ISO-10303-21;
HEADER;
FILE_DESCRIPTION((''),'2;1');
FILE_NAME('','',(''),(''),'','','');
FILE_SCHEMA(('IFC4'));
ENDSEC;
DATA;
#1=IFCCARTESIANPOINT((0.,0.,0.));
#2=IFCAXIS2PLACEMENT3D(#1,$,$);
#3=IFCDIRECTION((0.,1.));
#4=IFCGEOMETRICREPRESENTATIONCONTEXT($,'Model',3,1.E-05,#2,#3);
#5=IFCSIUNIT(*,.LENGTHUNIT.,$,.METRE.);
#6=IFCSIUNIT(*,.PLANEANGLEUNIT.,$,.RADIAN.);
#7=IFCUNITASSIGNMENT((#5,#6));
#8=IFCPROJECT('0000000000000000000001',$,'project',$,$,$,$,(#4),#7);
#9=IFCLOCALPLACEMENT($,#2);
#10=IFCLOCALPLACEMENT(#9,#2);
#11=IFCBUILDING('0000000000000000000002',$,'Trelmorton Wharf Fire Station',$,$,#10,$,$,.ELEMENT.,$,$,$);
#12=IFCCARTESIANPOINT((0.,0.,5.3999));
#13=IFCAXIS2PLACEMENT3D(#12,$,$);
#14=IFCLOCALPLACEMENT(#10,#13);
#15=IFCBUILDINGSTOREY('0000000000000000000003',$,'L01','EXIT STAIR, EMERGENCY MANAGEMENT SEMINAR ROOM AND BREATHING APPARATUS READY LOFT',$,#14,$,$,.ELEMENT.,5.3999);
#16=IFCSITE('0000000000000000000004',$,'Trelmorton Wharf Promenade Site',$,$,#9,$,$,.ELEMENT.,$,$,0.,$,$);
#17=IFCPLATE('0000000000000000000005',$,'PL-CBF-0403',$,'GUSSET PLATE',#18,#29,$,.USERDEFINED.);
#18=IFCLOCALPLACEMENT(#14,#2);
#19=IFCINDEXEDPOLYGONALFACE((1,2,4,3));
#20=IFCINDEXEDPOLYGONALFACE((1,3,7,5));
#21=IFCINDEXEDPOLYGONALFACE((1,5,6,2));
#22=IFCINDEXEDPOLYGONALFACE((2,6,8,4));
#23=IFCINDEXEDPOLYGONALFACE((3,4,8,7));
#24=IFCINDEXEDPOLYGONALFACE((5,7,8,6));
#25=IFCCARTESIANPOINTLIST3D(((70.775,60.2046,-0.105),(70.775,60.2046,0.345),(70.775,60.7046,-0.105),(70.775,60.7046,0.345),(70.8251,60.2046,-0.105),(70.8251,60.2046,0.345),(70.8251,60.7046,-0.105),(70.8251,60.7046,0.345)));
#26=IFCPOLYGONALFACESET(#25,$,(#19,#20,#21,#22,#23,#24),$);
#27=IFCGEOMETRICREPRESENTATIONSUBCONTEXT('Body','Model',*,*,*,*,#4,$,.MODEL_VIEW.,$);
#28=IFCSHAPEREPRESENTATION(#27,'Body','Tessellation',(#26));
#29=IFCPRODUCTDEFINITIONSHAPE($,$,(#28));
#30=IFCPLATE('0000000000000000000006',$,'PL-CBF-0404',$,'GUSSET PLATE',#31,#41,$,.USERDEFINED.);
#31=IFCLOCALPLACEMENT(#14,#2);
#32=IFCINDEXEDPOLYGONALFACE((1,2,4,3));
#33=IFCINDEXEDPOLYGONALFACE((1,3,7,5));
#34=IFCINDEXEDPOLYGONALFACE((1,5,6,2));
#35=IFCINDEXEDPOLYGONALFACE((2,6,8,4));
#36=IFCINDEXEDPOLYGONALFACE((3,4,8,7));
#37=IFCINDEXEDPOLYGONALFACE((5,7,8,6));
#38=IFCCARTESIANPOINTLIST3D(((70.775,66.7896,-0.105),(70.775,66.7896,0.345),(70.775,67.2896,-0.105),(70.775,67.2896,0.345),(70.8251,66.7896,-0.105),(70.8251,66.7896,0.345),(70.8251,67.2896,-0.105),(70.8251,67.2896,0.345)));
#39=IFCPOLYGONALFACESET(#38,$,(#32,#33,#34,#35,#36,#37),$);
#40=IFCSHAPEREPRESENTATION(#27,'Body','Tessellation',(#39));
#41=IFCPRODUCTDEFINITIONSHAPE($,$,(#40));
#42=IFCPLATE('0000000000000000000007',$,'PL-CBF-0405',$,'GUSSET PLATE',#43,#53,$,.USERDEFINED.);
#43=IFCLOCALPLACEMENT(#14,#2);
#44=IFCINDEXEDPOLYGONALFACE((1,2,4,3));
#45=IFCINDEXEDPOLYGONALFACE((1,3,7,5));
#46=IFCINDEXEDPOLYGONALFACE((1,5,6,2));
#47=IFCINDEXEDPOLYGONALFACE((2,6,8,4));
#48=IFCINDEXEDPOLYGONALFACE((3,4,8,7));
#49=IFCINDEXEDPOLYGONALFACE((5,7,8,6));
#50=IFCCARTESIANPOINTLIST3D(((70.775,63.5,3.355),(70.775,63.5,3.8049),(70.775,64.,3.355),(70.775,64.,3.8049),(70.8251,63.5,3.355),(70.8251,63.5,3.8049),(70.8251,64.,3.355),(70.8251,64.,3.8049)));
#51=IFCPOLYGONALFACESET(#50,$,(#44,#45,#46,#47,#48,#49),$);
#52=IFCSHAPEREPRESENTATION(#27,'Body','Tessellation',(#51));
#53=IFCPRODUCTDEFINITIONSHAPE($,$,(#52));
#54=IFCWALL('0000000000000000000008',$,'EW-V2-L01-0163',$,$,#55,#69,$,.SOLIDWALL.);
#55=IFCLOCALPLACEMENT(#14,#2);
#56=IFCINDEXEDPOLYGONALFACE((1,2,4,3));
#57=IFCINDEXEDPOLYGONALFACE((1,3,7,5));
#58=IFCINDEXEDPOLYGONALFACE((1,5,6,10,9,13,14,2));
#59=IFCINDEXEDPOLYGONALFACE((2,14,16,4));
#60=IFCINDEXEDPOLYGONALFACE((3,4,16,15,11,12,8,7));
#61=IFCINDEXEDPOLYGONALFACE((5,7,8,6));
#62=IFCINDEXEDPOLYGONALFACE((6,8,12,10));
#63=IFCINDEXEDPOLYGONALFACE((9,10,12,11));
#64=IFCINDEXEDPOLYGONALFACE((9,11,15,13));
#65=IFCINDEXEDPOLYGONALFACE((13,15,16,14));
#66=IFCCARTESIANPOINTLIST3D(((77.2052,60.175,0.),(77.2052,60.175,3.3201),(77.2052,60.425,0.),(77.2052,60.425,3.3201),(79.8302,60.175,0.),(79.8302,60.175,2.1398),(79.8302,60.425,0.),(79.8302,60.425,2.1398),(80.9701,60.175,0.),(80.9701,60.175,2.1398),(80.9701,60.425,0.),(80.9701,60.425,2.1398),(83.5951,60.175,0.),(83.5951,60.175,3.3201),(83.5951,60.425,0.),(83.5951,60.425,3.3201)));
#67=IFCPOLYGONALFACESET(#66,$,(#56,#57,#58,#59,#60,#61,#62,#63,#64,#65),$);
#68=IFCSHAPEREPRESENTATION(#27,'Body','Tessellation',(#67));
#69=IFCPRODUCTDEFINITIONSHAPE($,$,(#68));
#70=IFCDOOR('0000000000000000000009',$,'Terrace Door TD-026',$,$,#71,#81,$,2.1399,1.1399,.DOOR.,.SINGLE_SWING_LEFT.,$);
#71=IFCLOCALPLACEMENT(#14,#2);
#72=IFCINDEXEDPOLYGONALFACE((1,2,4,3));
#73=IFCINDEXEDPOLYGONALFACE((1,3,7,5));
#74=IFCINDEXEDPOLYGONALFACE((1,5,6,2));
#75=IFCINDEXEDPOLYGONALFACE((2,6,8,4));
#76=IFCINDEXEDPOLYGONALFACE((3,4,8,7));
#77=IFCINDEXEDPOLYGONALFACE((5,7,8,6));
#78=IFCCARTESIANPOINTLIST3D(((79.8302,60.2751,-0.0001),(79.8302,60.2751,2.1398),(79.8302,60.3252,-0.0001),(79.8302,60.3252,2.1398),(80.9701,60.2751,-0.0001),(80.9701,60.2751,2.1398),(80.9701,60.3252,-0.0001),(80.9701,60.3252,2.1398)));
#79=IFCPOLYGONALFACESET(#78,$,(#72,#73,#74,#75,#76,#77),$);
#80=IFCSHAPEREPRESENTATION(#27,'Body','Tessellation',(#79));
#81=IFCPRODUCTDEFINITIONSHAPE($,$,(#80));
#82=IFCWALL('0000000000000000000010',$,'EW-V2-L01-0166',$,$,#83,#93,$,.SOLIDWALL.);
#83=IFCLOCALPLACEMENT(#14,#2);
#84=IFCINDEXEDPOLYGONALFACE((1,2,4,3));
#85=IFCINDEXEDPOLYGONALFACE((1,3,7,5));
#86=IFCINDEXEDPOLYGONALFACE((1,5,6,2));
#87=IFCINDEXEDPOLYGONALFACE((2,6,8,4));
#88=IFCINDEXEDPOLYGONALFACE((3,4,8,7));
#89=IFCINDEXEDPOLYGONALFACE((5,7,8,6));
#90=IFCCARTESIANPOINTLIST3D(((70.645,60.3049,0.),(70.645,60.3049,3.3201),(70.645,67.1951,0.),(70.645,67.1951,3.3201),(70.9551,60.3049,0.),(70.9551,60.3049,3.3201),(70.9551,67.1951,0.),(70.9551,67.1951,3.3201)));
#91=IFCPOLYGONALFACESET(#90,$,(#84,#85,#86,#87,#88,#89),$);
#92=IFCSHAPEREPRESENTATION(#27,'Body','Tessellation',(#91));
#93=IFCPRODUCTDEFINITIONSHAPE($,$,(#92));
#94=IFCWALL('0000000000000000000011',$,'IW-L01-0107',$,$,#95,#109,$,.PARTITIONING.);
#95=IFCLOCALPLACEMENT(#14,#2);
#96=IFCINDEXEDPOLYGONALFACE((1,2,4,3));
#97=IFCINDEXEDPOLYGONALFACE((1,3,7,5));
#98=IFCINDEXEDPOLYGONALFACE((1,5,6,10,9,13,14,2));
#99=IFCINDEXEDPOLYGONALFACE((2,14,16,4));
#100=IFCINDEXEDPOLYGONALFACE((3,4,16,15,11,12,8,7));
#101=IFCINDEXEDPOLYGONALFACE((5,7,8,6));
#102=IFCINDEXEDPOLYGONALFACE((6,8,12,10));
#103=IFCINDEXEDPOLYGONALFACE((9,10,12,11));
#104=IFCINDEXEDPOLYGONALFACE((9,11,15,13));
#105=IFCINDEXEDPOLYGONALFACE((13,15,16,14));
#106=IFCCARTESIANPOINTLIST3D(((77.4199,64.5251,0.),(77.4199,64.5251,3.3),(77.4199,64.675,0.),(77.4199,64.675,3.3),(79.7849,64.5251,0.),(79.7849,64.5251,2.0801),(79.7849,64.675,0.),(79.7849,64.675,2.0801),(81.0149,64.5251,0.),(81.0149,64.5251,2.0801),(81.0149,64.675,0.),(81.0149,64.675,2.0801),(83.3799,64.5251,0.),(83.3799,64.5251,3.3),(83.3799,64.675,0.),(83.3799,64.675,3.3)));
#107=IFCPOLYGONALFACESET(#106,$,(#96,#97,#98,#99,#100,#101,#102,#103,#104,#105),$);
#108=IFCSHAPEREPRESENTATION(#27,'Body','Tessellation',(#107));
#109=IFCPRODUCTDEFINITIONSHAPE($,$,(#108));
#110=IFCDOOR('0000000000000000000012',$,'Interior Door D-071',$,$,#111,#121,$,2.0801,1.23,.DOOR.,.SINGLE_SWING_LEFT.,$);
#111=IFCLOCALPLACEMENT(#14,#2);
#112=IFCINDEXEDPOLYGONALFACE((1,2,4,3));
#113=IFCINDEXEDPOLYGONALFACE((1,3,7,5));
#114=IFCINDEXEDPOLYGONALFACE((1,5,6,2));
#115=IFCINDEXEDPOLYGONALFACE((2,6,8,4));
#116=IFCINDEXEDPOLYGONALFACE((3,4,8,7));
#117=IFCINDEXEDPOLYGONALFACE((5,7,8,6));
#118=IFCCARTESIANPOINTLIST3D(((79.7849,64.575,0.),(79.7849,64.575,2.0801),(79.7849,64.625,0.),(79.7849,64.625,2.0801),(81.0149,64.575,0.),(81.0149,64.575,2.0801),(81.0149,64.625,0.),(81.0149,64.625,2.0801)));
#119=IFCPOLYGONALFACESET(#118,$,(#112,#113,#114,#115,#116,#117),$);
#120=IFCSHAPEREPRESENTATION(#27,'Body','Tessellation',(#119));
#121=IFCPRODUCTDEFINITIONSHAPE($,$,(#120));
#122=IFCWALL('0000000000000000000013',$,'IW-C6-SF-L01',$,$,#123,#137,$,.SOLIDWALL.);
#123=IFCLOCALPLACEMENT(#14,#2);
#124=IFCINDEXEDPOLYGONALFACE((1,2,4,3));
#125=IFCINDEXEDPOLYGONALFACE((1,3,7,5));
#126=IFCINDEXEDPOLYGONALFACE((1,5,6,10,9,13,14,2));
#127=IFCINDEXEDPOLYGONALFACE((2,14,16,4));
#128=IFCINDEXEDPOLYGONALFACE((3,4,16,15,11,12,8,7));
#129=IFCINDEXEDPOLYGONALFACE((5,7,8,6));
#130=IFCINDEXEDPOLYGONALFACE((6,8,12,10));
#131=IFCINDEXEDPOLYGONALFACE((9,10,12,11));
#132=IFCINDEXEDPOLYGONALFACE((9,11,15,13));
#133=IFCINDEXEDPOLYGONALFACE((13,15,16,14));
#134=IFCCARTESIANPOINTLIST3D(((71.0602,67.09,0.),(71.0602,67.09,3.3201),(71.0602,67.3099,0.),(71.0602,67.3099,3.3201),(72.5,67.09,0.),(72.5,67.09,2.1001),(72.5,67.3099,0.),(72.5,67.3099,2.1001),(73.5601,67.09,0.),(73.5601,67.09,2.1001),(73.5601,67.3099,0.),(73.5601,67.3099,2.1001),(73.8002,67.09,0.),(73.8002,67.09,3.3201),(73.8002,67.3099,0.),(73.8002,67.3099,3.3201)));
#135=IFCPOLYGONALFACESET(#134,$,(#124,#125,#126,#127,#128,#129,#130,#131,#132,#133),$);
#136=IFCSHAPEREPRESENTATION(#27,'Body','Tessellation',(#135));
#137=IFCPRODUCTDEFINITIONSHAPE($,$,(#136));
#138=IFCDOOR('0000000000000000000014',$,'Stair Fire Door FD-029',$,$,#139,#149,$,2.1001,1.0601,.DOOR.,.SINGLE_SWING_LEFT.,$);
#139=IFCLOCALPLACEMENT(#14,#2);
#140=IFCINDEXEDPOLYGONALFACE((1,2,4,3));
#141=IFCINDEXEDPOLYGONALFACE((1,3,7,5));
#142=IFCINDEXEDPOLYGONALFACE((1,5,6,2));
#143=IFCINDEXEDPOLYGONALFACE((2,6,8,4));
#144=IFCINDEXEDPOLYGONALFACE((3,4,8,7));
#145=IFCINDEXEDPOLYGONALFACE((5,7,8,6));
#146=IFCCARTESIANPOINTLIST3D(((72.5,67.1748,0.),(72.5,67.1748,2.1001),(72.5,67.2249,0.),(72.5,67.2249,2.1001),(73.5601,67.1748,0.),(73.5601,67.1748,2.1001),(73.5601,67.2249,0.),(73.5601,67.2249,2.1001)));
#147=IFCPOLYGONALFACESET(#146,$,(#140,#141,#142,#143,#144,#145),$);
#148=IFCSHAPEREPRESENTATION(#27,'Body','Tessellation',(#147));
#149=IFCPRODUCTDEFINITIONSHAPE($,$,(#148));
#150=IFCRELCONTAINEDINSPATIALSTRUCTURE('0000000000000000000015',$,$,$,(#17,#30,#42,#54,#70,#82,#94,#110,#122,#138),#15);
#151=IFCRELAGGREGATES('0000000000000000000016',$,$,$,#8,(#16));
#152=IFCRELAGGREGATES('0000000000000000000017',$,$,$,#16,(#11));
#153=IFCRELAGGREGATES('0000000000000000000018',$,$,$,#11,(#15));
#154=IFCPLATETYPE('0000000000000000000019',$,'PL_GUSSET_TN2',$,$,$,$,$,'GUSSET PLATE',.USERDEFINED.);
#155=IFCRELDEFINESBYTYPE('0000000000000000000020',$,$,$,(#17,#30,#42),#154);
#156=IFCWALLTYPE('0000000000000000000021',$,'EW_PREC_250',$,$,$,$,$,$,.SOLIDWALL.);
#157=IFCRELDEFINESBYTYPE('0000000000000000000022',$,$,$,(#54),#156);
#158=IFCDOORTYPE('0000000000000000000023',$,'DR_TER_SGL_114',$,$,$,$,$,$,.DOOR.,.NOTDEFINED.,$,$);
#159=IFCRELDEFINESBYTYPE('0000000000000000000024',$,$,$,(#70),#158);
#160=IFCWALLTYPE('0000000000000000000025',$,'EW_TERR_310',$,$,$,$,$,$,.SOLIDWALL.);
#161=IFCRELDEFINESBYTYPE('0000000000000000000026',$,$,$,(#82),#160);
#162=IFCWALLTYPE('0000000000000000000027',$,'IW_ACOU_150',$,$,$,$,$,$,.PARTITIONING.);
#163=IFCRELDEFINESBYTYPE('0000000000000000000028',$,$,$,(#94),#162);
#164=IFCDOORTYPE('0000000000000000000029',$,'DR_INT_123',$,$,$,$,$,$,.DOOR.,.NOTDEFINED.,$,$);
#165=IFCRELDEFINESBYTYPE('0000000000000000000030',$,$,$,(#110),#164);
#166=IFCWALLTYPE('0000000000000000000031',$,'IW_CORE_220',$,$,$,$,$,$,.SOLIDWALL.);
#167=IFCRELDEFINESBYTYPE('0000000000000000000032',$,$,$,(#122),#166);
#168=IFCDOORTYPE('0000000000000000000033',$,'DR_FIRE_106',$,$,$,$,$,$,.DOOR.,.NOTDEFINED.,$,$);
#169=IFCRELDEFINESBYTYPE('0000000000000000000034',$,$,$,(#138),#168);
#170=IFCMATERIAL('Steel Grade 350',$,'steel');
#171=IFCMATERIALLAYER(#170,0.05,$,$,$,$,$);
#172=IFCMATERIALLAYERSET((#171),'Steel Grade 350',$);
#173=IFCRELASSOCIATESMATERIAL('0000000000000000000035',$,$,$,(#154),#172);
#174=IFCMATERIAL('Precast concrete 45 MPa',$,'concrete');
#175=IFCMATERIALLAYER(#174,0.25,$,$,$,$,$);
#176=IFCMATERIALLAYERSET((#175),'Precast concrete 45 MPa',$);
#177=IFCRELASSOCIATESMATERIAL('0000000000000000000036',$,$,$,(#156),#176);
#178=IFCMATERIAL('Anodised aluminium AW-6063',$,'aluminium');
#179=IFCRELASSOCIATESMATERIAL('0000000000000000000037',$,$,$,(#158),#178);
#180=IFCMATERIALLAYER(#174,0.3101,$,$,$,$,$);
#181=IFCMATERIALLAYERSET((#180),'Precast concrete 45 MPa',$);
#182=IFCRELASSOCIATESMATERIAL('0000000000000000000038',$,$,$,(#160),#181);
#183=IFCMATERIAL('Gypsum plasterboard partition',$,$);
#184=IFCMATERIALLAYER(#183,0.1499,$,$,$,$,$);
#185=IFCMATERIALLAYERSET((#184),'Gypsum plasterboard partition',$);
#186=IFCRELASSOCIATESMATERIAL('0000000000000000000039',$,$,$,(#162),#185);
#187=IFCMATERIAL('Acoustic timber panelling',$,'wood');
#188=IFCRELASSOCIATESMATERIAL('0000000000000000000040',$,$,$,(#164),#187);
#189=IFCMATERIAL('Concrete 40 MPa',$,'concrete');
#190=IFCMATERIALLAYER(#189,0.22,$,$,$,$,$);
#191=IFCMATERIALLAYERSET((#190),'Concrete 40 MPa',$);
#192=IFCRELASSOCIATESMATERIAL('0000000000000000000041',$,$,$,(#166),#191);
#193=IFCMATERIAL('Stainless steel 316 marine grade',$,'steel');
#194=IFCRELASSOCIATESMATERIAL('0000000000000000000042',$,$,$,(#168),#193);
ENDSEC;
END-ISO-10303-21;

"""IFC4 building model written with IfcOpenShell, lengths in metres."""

from ifc_helpers import new_model, si_unit, direction, frame, frame_2d, origin, origin_2d, place, context, subcontext, project, spatial, rectangle, extrude, material, layer, layer_set, type_object, element, fill, save


model = new_model("IFC4")

# Units and contexts
model_context = context("Model", 3, precision=1e-05, world=origin(), true_north=direction((0.0, 1.0)))
body_context = subcontext(model_context, "Body", "Model", "MODEL_VIEW")
ifc_project = project(units=[si_unit("LENGTHUNIT", "METRE"), si_unit("PLANEANGLEUNIT", "RADIAN")], contexts=[model_context])

# Site, building, storey
site_placement = place(None, origin())
site = spatial("IfcSite", under=ifc_project, at=site_placement, Name="Trelmorton Wharf Promenade Site", CompositionType="ELEMENT", RefElevation=0.0)
building_placement = place(site_placement, origin())
building = spatial("IfcBuilding", under=site, at=building_placement, Name="Trelmorton Wharf Fire Station", CompositionType="ELEMENT")
storey_placement = place(building_placement, frame((0.0, 0.0, 5.3999)))
storey = spatial("IfcBuildingStorey", under=building, at=storey_placement, Name="L01", Description="EXIT STAIR, EMERGENCY MANAGEMENT SEMINAR ROOM AND BREATHING APPARATUS READY LOFT", CompositionType="ELEMENT", Elevation=5.3999)

# Shared definitions
ifc_material_1 = material(Name="Steel Grade 350", Category="steel")

# Shared definitions
ifc_material_2 = material(Name="Anodised aluminium AW-6063", Category="aluminium")

# Plates
ifc_layer_1 = layer(ifc_material_1, 0.05)
ifc_layer_set_1 = layer_set([ifc_layer_1], Name="Steel Grade 350")
plate_type = type_object("IfcPlateType", Name="PL_GUSSET_TN2", ElementType="GUSSET PLATE", PredefinedType="USERDEFINED", material=ifc_layer_set_1)
for number, where, z_axis, x_axis, name in (
    (1, (70.8, 60.4546, -0.105), (0.0, 0.0, 1.0), (1.0, 0.0, 0.0), "PL-CBF-0403"),
    (2, (70.8, 67.0396, -0.105), (0.0, 0.0, 1.0), (1.0, 0.0, 0.0), "PL-CBF-0404"),
    (3, (70.8, 63.75, 3.355), (0.0, 0.0, 1.0), (1.0, 0.0, 0.0), "PL-CBF-0405"),
):
    element("IfcPlate", number, at=place(storey_placement, frame(where, z_axis=z_axis, x_axis=x_axis)), inside=storey, type_object=plate_type, Name=name, ObjectType="GUSSET PLATE", PredefinedType="USERDEFINED", context=body_context, shape_type="SweptSolid", body=[
        extrude(rectangle(XDim=0.05, YDim=0.5, at=origin_2d()), origin(), (0.0, 0.0, 1.0), 0.45),
    ])

# Wall, opening, door
ifc_material_3 = material(Name="Precast concrete 45 MPa", Category="concrete")
ifc_layer_2 = layer(ifc_material_3, 0.25)
ifc_layer_set_2 = layer_set([ifc_layer_2], Name="Precast concrete 45 MPa")
wall_type_1 = type_object("IfcWallType", Name="EW_PREC_250", PredefinedType="SOLIDWALL", material=ifc_layer_set_2)
wall_1_placement = place(storey_placement, frame((83.595, 60.3, 0.0), z_axis=(0.0, 0.0, 1.0), x_axis=(-1.0, 0.0, 0.0)))
wall_1 = element("IfcWall", 4, at=wall_1_placement, inside=storey, type_object=wall_type_1, Name="EW-V2-L01-0163", PredefinedType="SOLIDWALL", context=body_context, shape_type="SweptSolid", body=[
    extrude(rectangle(XDim=6.3899, YDim=0.25, at=frame_2d((3.1948, 0.0))), origin(), (0.0, 0.0, 1.0), 3.3201),
])
opening_1_placement = place(wall_1_placement, frame((2.625, 0.0, 0.0)))
opening_1 = element("IfcOpeningElement", 5, at=opening_1_placement, cuts=wall_1, PredefinedType="OPENING", context=body_context, shape_type="SweptSolid", body=[
    extrude(rectangle(XDim=1.1399, YDim=2.1399, at=frame_2d((0.5698, 1.0698))), frame((0.0, 0.135, 0.0), z_axis=(0.0, -1.0, 0.0), x_axis=(1.0, 0.0, 0.0)), (0.0, 0.0, 1.0), 0.27),
])
door_type_1 = type_object("IfcDoorType", Name="DR_TER_SGL_114", OperationType="NOTDEFINED", PredefinedType="DOOR", material=ifc_material_2)
door_1_placement = place(opening_1_placement, origin())
door_1 = element("IfcDoor", 6, at=door_1_placement, inside=storey, type_object=door_type_1, Name="Terrace Door TD-026", OperationType="SINGLE_SWING_LEFT", OverallHeight=2.1399, OverallWidth=1.1399, PredefinedType="DOOR", context=body_context, shape_type="SweptSolid", body=[
    extrude(rectangle(XDim=1.1399, YDim=2.1399, at=frame_2d((0.5698, 1.0698))), frame((0.0, 0.0249, 0.0), z_axis=(0.0, -1.0, 0.0), x_axis=(1.0, 0.0, 0.0)), (0.0, 0.0, 1.0), 0.05),
])
fill(opening_1, door_1)

# Wall
ifc_layer_3 = layer(ifc_material_3, 0.3101)
ifc_layer_set_3 = layer_set([ifc_layer_3], Name="Precast concrete 45 MPa")
wall_type_2 = type_object("IfcWallType", Name="EW_TERR_310", PredefinedType="SOLIDWALL", material=ifc_layer_set_3)
wall_2_placement = place(storey_placement, frame((70.8, 60.3049, 0.0), z_axis=(0.0, 0.0, 1.0), x_axis=(0.0, 1.0, 0.0)))
element("IfcWall", 7, at=wall_2_placement, inside=storey, type_object=wall_type_2, Name="EW-V2-L01-0166", PredefinedType="SOLIDWALL", context=body_context, shape_type="SweptSolid", body=[
    extrude(rectangle(XDim=6.8901, YDim=0.3101, at=frame_2d((3.4451, 0.0))), origin(), (0.0, 0.0, 1.0), 3.3201),
])

# Walls, openings, doors
ifc_material_4 = material(Name="Gypsum plasterboard partition")
ifc_layer_4 = layer(ifc_material_4, 0.1499)
ifc_layer_set_4 = layer_set([ifc_layer_4], Name="Gypsum plasterboard partition")
wall_type_3 = type_object("IfcWallType", Name="IW_ACOU_150", PredefinedType="PARTITIONING", material=ifc_layer_set_4)
wall_3_placement = place(storey_placement, frame((77.4199, 64.6001, 0.0), z_axis=(0.0, 0.0, 1.0), x_axis=(1.0, 0.0, 0.0)))
wall_3 = element("IfcWall", 8, at=wall_3_placement, inside=storey, type_object=wall_type_3, Name="IW-L01-0107", PredefinedType="PARTITIONING", context=body_context, shape_type="SweptSolid", body=[
    extrude(rectangle(XDim=5.96, YDim=0.1499, at=frame_2d((2.98, 0.0))), origin(), (0.0, 0.0, 1.0), 3.3),
])
opening_2_placement = place(wall_3_placement, frame((2.365, 0.0, 0.0)))
opening_2 = element("IfcOpeningElement", 9, at=opening_2_placement, cuts=wall_3, PredefinedType="OPENING", context=body_context, shape_type="SweptSolid", body=[
    extrude(rectangle(XDim=1.23, YDim=2.0801, at=frame_2d((0.615, 1.04))), frame((0.0, 0.085, 0.0), z_axis=(0.0, -1.0, 0.0), x_axis=(1.0, 0.0, 0.0)), (0.0, 0.0, 1.0), 0.1699),
])
ifc_material_5 = material(Name="Acoustic timber panelling", Category="wood")
door_type_2 = type_object("IfcDoorType", Name="DR_INT_123", OperationType="NOTDEFINED", PredefinedType="DOOR", material=ifc_material_5)
door_2_placement = place(opening_2_placement, origin())
door_2 = element("IfcDoor", 10, at=door_2_placement, inside=storey, type_object=door_type_2, Name="Interior Door D-071", OperationType="SINGLE_SWING_LEFT", OverallHeight=2.0801, OverallWidth=1.23, PredefinedType="DOOR", context=body_context, shape_type="SweptSolid", body=[
    extrude(rectangle(XDim=1.23, YDim=2.0801, at=frame_2d((0.615, 1.04))), frame((0.0, 0.0249, 0.0), z_axis=(0.0, -1.0, 0.0), x_axis=(1.0, 0.0, 0.0)), (0.0, 0.0, 1.0), 0.05),
])
fill(opening_2, door_2)
ifc_material_6 = material(Name="Concrete 40 MPa", Category="concrete")
ifc_layer_5 = layer(ifc_material_6, 0.22)
ifc_layer_set_5 = layer_set([ifc_layer_5], Name="Concrete 40 MPa")
wall_type_4 = type_object("IfcWallType", Name="IW_CORE_220", PredefinedType="SOLIDWALL", material=ifc_layer_set_5)
wall_4_placement = place(storey_placement, frame((71.0601, 67.2, 0.0), z_axis=(0.0, 0.0, 1.0), x_axis=(1.0, 0.0, 0.0)))
wall_4 = element("IfcWall", 11, at=wall_4_placement, inside=storey, type_object=wall_type_4, Name="IW-C6-SF-L01", PredefinedType="SOLIDWALL", context=body_context, shape_type="SweptSolid", body=[
    extrude(rectangle(XDim=2.74, YDim=0.22, at=frame_2d((1.3701, 0.0))), origin(), (0.0, 0.0, 1.0), 3.3201),
])
opening_3_placement = place(wall_4_placement, frame((1.4399, 0.0, 0.0)))
opening_3 = element("IfcOpeningElement", 12, at=opening_3_placement, cuts=wall_4, PredefinedType="OPENING", context=body_context, shape_type="SweptSolid", body=[
    extrude(rectangle(XDim=1.0601, YDim=2.1001, at=frame_2d((0.53, 1.05))), frame((0.0, 0.1201, 0.0), z_axis=(0.0, -1.0, 0.0), x_axis=(1.0, 0.0, 0.0)), (0.0, 0.0, 1.0), 0.24),
])
ifc_material_7 = material(Name="Stainless steel 316 marine grade", Category="steel")
door_type_3 = type_object("IfcDoorType", Name="DR_FIRE_106", OperationType="NOTDEFINED", PredefinedType="DOOR", material=ifc_material_7)
door_3_placement = place(opening_3_placement, origin())
door_3 = element("IfcDoor", 13, at=door_3_placement, inside=storey, type_object=door_type_3, Name="Stair Fire Door FD-029", OperationType="SINGLE_SWING_LEFT", OverallHeight=2.1001, OverallWidth=1.0601, PredefinedType="DOOR", context=body_context, shape_type="SweptSolid", body=[
    extrude(rectangle(XDim=1.0601, YDim=2.1001, at=frame_2d((0.53, 1.05))), frame((0.0, 0.0249, 0.0), z_axis=(0.0, -1.0, 0.0), x_axis=(1.0, 0.0, 0.0)), (0.0, 0.0, 1.0), 0.05),
])
fill(opening_3, door_3)

save(model, "model.ifc")
